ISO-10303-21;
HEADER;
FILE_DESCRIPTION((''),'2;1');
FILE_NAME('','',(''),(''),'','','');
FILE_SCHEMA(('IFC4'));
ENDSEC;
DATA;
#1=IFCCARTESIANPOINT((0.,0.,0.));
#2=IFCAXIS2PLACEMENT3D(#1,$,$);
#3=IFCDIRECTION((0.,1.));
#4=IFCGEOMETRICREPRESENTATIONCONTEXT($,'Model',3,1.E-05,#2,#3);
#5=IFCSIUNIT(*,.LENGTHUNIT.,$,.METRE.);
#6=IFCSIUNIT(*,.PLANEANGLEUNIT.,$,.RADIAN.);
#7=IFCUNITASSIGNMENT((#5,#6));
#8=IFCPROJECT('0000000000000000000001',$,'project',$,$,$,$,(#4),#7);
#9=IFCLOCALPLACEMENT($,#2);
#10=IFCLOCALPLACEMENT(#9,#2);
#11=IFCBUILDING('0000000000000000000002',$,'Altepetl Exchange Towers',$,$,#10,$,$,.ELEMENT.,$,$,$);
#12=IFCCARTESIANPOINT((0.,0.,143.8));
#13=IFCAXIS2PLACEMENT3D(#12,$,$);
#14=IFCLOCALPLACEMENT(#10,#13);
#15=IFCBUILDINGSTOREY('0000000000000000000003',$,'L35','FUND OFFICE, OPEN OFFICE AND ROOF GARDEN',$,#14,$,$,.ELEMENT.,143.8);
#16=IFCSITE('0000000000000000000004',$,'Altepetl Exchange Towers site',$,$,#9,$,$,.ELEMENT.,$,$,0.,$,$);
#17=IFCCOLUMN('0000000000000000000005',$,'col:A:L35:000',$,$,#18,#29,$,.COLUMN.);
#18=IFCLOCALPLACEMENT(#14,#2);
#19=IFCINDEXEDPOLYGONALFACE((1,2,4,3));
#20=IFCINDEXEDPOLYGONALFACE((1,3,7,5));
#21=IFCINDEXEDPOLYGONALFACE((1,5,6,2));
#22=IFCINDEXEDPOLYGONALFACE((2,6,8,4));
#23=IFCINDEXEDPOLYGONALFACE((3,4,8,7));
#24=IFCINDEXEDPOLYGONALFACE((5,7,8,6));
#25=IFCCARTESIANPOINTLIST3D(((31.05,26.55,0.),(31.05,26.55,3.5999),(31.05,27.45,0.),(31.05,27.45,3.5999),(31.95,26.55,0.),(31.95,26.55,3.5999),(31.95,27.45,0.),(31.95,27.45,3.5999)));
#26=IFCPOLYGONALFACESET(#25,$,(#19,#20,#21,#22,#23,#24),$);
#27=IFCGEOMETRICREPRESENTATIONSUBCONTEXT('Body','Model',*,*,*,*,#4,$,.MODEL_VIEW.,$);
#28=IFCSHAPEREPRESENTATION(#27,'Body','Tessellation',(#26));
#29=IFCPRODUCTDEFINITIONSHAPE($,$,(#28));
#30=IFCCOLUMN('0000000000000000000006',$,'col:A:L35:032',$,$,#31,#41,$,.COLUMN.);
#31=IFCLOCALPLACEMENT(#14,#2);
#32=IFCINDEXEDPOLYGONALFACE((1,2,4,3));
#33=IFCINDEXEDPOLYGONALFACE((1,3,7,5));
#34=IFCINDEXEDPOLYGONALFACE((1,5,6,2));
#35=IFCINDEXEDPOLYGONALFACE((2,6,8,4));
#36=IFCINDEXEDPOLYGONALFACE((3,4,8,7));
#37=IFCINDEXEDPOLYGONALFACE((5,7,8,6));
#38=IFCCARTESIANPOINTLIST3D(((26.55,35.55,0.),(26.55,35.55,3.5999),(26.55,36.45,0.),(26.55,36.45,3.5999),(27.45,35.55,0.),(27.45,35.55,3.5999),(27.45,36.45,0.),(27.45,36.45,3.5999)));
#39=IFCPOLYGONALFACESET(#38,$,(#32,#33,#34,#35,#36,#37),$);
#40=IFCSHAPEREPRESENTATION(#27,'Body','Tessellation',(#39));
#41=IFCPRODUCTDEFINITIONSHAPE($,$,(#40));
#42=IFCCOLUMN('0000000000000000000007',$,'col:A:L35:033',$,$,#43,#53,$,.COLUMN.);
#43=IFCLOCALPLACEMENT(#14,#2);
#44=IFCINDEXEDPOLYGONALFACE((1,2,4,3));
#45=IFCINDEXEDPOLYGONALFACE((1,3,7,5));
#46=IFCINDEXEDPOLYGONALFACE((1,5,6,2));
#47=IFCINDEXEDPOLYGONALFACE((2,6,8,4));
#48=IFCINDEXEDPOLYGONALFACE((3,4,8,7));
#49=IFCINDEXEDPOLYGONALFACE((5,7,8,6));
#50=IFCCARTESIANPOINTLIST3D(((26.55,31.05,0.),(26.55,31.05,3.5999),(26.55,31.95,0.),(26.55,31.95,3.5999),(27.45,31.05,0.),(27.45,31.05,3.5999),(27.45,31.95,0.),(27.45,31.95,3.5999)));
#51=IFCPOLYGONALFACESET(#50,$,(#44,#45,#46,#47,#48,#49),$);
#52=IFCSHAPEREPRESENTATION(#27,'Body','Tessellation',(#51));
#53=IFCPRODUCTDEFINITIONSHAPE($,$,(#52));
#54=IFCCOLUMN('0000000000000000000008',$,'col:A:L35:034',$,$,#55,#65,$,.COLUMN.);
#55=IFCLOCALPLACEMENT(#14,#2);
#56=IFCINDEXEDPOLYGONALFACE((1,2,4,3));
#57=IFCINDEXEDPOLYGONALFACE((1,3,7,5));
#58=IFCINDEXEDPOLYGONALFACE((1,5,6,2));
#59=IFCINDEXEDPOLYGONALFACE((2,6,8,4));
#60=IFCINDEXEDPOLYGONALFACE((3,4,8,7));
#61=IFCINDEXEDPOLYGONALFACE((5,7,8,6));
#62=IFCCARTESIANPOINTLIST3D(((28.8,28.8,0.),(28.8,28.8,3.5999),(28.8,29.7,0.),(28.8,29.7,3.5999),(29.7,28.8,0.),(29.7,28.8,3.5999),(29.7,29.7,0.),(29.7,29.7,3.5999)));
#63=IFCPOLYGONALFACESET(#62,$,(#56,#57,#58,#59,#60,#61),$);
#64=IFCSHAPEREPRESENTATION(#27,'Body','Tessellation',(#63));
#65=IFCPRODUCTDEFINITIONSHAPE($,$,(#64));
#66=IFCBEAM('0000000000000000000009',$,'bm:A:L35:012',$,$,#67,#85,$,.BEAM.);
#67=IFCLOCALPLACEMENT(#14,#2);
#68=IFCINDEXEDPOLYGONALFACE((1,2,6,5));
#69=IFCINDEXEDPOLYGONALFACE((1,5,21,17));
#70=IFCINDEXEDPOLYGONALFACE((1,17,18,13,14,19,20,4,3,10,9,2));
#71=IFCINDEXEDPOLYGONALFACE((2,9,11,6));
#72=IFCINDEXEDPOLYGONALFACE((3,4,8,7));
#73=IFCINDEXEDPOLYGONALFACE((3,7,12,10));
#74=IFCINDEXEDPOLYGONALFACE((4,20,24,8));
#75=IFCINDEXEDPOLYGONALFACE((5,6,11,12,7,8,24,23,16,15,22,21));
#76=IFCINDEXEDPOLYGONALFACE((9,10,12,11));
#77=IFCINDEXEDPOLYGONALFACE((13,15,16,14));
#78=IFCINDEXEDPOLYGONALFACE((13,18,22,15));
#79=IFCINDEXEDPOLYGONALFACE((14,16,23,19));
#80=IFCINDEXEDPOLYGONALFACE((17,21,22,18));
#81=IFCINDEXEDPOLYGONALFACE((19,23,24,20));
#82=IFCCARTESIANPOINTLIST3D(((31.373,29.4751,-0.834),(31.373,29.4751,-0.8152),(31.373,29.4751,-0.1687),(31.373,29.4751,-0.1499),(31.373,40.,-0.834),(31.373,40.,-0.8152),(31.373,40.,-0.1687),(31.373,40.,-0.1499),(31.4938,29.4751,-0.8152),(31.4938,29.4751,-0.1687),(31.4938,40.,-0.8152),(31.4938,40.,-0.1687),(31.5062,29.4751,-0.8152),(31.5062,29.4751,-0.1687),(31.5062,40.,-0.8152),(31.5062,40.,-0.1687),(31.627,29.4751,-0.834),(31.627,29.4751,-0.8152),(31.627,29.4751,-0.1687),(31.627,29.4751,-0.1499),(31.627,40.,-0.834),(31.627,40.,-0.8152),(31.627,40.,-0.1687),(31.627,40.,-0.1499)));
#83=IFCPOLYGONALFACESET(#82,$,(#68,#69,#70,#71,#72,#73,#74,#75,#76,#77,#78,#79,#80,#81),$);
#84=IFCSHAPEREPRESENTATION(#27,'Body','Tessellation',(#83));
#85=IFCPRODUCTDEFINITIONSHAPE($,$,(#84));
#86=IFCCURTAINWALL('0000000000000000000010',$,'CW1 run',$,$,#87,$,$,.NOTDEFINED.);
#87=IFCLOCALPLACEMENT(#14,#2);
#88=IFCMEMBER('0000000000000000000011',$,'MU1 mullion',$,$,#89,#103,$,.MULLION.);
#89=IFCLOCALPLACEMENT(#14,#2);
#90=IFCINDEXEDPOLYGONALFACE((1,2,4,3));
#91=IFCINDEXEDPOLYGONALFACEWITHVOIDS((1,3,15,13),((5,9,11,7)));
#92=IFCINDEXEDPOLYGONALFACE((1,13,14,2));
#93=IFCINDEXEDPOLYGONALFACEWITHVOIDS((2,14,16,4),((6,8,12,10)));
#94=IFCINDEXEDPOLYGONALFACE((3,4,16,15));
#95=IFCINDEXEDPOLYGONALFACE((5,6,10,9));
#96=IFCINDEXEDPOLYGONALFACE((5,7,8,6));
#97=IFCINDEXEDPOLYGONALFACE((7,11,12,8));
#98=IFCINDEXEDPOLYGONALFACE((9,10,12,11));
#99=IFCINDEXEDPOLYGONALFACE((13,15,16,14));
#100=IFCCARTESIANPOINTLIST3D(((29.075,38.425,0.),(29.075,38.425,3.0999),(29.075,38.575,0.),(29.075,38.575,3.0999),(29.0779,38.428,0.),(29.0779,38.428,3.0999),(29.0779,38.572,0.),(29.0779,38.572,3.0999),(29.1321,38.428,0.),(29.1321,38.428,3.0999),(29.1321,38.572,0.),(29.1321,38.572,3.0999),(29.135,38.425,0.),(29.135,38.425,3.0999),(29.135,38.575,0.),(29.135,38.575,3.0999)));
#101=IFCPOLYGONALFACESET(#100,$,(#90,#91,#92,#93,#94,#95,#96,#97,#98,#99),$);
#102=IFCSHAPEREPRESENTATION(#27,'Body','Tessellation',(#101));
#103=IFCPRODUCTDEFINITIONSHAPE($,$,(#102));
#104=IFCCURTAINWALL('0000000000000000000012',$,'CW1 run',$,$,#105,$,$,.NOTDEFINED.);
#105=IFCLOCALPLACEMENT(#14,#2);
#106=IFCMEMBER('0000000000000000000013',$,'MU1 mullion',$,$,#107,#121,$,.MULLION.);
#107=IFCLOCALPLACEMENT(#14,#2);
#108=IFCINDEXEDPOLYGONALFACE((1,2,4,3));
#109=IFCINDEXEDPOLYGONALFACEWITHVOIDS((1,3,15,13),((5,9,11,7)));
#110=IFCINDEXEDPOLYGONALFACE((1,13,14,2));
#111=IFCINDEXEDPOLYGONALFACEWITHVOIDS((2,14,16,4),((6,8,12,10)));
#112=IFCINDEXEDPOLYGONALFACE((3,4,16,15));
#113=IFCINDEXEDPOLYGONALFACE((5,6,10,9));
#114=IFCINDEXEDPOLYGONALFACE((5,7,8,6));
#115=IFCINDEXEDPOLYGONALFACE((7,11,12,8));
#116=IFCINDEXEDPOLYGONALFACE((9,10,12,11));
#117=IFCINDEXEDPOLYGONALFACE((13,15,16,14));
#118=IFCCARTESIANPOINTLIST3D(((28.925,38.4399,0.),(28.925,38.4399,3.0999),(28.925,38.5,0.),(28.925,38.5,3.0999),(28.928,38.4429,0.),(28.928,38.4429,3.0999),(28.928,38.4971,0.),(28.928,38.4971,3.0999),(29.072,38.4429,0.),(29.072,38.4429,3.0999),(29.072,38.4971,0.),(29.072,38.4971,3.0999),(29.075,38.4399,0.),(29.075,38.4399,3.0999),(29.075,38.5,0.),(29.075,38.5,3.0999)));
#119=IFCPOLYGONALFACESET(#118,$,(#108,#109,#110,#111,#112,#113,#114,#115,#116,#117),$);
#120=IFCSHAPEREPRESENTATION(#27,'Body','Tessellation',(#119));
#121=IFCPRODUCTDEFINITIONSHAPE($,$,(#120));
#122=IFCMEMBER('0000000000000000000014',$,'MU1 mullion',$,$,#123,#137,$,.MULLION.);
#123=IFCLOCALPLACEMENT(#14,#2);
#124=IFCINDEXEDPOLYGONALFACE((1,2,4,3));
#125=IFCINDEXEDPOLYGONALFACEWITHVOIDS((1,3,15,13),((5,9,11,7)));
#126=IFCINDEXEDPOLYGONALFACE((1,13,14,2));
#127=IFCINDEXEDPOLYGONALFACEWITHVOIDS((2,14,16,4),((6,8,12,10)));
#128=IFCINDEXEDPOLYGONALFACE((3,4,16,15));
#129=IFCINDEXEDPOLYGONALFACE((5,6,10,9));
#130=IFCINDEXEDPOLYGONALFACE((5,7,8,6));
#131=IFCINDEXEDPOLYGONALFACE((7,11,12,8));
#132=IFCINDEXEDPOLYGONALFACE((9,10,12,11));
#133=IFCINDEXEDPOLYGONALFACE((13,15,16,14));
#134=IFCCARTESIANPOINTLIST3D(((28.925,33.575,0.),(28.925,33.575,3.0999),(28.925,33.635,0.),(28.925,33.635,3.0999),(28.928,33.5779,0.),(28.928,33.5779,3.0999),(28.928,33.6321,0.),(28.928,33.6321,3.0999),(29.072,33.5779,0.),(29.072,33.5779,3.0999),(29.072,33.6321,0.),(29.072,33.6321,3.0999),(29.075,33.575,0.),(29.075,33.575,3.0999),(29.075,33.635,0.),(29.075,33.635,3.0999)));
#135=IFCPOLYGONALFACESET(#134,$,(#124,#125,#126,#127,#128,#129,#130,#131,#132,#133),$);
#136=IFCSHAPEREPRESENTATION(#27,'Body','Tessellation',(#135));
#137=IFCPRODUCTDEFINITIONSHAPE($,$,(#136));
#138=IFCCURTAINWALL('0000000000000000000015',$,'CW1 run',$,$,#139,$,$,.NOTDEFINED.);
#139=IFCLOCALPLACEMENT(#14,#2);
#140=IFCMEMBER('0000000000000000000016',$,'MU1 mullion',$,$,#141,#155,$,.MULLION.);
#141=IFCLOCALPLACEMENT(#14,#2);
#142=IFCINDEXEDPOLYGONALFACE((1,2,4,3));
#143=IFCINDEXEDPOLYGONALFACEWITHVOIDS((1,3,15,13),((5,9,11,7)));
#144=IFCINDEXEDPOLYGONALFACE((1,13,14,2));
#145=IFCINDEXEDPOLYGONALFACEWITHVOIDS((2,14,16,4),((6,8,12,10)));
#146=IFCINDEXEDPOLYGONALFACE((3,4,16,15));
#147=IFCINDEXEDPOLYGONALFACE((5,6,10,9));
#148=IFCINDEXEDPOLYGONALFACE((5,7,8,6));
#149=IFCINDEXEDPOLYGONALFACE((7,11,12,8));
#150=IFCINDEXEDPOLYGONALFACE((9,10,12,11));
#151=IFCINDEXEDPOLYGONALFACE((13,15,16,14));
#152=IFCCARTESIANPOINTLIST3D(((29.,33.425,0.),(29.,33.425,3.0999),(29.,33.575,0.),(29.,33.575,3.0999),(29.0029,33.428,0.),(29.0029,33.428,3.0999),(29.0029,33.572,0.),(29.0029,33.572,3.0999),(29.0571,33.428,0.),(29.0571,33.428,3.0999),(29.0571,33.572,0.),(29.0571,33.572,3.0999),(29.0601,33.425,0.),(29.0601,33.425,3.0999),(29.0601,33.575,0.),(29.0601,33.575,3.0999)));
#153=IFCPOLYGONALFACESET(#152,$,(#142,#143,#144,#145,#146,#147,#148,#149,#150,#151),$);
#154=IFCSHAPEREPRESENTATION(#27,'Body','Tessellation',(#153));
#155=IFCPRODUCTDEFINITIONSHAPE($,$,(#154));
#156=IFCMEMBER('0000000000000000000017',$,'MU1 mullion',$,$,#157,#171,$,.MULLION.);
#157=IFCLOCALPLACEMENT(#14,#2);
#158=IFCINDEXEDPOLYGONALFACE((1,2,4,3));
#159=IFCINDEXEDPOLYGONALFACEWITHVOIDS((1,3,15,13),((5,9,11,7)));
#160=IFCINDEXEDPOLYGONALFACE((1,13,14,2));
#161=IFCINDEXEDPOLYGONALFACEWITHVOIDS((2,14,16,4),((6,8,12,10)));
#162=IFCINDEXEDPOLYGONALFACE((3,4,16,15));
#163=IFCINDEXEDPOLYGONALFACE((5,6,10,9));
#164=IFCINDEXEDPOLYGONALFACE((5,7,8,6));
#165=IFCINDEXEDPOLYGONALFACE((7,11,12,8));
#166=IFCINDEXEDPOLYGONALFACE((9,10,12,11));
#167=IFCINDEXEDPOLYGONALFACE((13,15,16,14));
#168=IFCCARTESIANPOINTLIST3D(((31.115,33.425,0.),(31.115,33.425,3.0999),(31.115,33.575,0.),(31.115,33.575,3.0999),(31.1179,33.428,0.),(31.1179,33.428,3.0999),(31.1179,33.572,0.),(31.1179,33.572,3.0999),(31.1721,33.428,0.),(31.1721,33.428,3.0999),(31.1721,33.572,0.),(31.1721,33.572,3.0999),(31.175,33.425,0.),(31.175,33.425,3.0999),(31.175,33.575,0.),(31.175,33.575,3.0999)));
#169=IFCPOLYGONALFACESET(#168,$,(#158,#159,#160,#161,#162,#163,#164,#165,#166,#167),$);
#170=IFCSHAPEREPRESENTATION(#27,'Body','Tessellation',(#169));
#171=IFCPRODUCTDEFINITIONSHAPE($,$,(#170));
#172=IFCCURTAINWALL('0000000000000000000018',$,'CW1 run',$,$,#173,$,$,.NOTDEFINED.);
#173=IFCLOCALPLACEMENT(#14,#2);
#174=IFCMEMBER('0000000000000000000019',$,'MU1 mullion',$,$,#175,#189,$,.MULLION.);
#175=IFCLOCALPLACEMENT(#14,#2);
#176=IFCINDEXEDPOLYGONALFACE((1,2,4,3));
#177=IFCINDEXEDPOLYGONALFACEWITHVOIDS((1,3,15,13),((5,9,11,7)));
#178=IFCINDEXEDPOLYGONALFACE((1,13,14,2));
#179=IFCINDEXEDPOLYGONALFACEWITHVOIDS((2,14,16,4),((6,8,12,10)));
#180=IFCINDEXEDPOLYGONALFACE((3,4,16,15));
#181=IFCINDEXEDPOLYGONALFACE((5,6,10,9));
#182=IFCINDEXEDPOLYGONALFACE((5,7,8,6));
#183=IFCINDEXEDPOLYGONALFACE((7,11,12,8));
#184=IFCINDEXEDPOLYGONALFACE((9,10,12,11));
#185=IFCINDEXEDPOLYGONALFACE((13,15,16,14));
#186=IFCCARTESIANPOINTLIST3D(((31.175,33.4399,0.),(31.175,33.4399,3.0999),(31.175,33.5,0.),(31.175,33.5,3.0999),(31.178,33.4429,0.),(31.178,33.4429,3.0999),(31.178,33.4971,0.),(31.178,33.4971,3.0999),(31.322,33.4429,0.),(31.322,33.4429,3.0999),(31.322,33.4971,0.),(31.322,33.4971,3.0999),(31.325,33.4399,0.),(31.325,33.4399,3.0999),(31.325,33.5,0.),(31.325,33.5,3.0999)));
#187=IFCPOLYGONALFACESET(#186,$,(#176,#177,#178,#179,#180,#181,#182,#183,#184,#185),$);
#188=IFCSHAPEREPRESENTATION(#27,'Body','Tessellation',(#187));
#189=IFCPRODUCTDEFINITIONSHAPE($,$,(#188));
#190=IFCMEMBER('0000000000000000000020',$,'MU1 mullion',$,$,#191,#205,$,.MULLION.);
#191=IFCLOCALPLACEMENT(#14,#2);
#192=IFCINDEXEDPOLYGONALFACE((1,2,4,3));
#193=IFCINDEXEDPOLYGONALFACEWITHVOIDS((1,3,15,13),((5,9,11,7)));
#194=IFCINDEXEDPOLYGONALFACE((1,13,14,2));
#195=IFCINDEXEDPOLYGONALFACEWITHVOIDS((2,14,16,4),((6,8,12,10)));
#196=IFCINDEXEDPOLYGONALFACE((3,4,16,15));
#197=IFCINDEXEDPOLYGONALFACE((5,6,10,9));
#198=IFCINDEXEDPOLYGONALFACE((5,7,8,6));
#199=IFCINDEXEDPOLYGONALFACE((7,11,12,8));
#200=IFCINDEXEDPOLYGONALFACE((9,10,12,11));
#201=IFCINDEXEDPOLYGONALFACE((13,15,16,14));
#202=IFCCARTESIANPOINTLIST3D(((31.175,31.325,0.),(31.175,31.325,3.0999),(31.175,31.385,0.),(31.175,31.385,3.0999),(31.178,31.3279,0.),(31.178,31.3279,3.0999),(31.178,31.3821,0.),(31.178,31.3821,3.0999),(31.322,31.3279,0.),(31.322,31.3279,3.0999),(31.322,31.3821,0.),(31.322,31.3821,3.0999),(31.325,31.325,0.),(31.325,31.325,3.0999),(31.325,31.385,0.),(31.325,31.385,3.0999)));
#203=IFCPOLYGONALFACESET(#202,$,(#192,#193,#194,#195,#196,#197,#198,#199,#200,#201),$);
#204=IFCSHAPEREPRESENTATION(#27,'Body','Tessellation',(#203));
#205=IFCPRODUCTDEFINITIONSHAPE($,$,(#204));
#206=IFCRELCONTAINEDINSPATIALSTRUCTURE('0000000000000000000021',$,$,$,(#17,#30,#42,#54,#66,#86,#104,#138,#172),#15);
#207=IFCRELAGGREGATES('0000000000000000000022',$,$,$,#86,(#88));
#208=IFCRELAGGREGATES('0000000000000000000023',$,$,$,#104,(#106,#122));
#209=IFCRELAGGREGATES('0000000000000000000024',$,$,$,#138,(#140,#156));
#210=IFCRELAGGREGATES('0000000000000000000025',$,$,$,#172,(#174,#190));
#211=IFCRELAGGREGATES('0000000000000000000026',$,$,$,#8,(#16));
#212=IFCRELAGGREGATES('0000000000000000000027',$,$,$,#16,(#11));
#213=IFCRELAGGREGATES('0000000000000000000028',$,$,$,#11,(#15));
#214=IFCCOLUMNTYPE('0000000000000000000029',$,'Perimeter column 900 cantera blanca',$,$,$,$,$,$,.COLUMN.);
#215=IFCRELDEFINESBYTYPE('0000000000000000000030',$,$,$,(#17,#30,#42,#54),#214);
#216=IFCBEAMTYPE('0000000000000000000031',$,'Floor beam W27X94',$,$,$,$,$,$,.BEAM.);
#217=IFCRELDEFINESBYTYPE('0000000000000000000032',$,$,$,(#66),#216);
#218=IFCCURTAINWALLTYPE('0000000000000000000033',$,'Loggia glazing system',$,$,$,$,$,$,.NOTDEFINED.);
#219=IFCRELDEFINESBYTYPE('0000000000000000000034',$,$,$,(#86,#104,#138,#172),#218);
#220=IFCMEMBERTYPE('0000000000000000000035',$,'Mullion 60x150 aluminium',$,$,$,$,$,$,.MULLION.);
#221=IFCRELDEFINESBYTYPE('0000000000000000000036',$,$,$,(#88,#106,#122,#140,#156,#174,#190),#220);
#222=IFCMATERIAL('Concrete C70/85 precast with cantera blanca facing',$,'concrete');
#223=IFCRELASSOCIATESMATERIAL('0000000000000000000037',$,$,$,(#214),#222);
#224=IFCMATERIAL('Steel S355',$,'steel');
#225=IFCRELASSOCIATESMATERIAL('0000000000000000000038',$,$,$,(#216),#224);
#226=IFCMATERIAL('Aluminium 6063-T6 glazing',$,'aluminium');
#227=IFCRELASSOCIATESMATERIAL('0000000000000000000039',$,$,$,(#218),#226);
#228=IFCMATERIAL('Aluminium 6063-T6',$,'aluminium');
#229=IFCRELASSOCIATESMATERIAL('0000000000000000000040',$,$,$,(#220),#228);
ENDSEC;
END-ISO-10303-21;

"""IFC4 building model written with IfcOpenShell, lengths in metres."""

from ifc_helpers import new_model, si_unit, direction, frame, origin, origin_2d, place, context, subcontext, project, spatial, rectangle, hollow_rectangle, i_section, extrude, material, material_profile, profile_set, type_object, element, aggregate, save


model = new_model("IFC4")

# Units and contexts
model_context = context("Model", 3, precision=1e-05, world=origin(), true_north=direction((0.0, 1.0)))
body_context = subcontext(model_context, "Body", "Model", "MODEL_VIEW")
ifc_project = project(units=[si_unit("LENGTHUNIT", "METRE"), si_unit("PLANEANGLEUNIT", "RADIAN")], contexts=[model_context])

# Site, building, storey
site_placement = place(None, origin())
site = spatial("IfcSite", under=ifc_project, at=site_placement, Name="Altepetl Exchange Towers site", CompositionType="ELEMENT", RefElevation=0.0)
building_placement = place(site_placement, origin())
building = spatial("IfcBuilding", under=site, at=building_placement, Name="Altepetl Exchange Towers", CompositionType="ELEMENT")
storey_placement = place(building_placement, frame((0.0, 0.0, 143.8)))
storey = spatial("IfcBuildingStorey", under=building, at=storey_placement, Name="L35", Description="FUND OFFICE, OPEN OFFICE AND ROOF GARDEN", CompositionType="ELEMENT", Elevation=143.8)

# Columns
ifc_material_1 = material(Name="Concrete C70/85 precast with cantera blanca facing", Category="concrete")
ifc_material_profile_1 = material_profile(ifc_material_1, rectangle(XDim=0.8999, YDim=0.8999, at=origin_2d()), Name="900 x 900")
ifc_profile_set_1 = profile_set([ifc_material_profile_1], Name="Concrete C70/85 precast with cantera blanca facing")
column_type = type_object("IfcColumnType", Name="Perimeter column 900 cantera blanca", PredefinedType="COLUMN", material=ifc_profile_set_1)
for number, where, name in (
    (1, (31.5, 27.0, 0.0), "col:A:L35:000"),
    (2, (27.0, 36.0, 0.0), "col:A:L35:032"),
    (3, (27.0, 31.5, 0.0), "col:A:L35:033"),
    (4, (29.25, 29.25, 0.0), "col:A:L35:034"),
):
    element("IfcColumn", number, at=place(storey_placement, frame(where)), inside=storey, type_object=column_type, Name=name, PredefinedType="COLUMN", context=body_context, shape_type="SweptSolid", body=[
        extrude(rectangle(XDim=0.8999, YDim=0.8999, at=origin_2d()), origin(), (0.0, 0.0, 1.0), 3.5999),
    ])

# Beam
ifc_material_2 = material(Name="Steel S355", Category="steel")
ifc_material_profile_2 = material_profile(ifc_material_2, i_section(OverallWidth=0.2539, OverallDepth=0.6841, WebThickness=0.0125, FlangeThickness=0.0188, at=origin_2d()), Name="W27X94")
ifc_profile_set_2 = profile_set([ifc_material_profile_2], Name="Steel S355")
beam_type_1 = type_object("IfcBeamType", Name="Floor beam W27X94", PredefinedType="BEAM", material=ifc_profile_set_2)
beam_1_placement = place(storey_placement, frame((31.5, 29.4751, -0.4919), z_axis=(0.0, 1.0, 0.0), x_axis=(-1.0, 0.0, 0.0)))
element("IfcBeam", 5, at=beam_1_placement, inside=storey, type_object=beam_type_1, Name="bm:A:L35:012", PredefinedType="BEAM", context=body_context, shape_type="SweptSolid", body=[
    extrude(i_section(OverallWidth=0.2539, OverallDepth=0.6841, WebThickness=0.0125, FlangeThickness=0.0188, at=origin_2d()), origin(), (0.0, 0.0, 1.0), 10.5249),
])

# Curtain wall, member
ifc_material_3 = material(Name="Aluminium 6063-T6 glazing", Category="aluminium")
curtain_wall_type = type_object("IfcCurtainWallType", Name="Loggia glazing system", PredefinedType="NOTDEFINED", material=ifc_material_3)
curtain_wall_1_placement = place(storey_placement, origin())
curtain_wall_1 = element("IfcCurtainWall", 6, at=curtain_wall_1_placement, inside=storey, type_object=curtain_wall_type, Name="CW1 run", PredefinedType="NOTDEFINED")
ifc_material_4 = material(Name="Aluminium 6063-T6", Category="aluminium")
ifc_material_profile_3 = material_profile(ifc_material_4, hollow_rectangle(XDim=0.0601, YDim=0.1499, WallThickness=0.0029, at=origin_2d()), Name="Mullion 60x150 aluminium")
ifc_profile_set_3 = profile_set([ifc_material_profile_3], Name="Aluminium 6063-T6")
member_type = type_object("IfcMemberType", Name="Mullion 60x150 aluminium", PredefinedType="MULLION", material=ifc_profile_set_3)
member_1_placement = place(storey_placement, frame((29.105, 38.5, 0.0), z_axis=(0.0, 0.0, 1.0), x_axis=(-1.0, 0.0, 0.0)))
member_1 = element("IfcMember", 7, at=member_1_placement, type_object=member_type, Name="MU1 mullion", PredefinedType="MULLION", context=body_context, shape_type="SweptSolid", body=[
    extrude(hollow_rectangle(XDim=0.0601, YDim=0.1499, WallThickness=0.0029, at=origin_2d()), origin(), (0.0, 0.0, 1.0), 3.0999),
])

# Curtain walls, members
curtain_wall_2_placement = place(storey_placement, origin())
curtain_wall_2 = element("IfcCurtainWall", 8, at=curtain_wall_2_placement, inside=storey, type_object=curtain_wall_type, Name="CW1 run", PredefinedType="NOTDEFINED")
member_2_placement = place(storey_placement, frame((29.0, 38.47, 0.0), z_axis=(0.0, 0.0, 1.0), x_axis=(0.0, -1.0, 0.0)))
member_2 = element("IfcMember", 9, at=member_2_placement, type_object=member_type, Name="MU1 mullion", PredefinedType="MULLION", context=body_context, shape_type="SweptSolid", body=[
    extrude(hollow_rectangle(XDim=0.0601, YDim=0.1499, WallThickness=0.0029, at=origin_2d()), origin(), (0.0, 0.0, 1.0), 3.0999),
])
member_3_placement = place(storey_placement, frame((29.0, 33.605, 0.0), z_axis=(0.0, 0.0, 1.0), x_axis=(0.0, -1.0, 0.0)))
member_3 = element("IfcMember", 10, at=member_3_placement, type_object=member_type, Name="MU1 mullion", PredefinedType="MULLION", context=body_context, shape_type="SweptSolid", body=[
    extrude(hollow_rectangle(XDim=0.0601, YDim=0.1499, WallThickness=0.0029, at=origin_2d()), origin(), (0.0, 0.0, 1.0), 3.0999),
])
curtain_wall_3_placement = place(storey_placement, origin())
curtain_wall_3 = element("IfcCurtainWall", 11, at=curtain_wall_3_placement, inside=storey, type_object=curtain_wall_type, Name="CW1 run", PredefinedType="NOTDEFINED")
member_4_placement = place(storey_placement, frame((29.03, 33.5, 0.0)))
member_4 = element("IfcMember", 12, at=member_4_placement, type_object=member_type, Name="MU1 mullion", PredefinedType="MULLION", context=body_context, shape_type="SweptSolid", body=[
    extrude(hollow_rectangle(XDim=0.0601, YDim=0.1499, WallThickness=0.0029, at=origin_2d()), origin(), (0.0, 0.0, 1.0), 3.0999),
])
member_5_placement = place(storey_placement, frame((31.145, 33.5, 0.0)))
member_5 = element("IfcMember", 13, at=member_5_placement, type_object=member_type, Name="MU1 mullion", PredefinedType="MULLION", context=body_context, shape_type="SweptSolid", body=[
    extrude(hollow_rectangle(XDim=0.0601, YDim=0.1499, WallThickness=0.0029, at=origin_2d()), origin(), (0.0, 0.0, 1.0), 3.0999),
])
curtain_wall_4_placement = place(storey_placement, origin())
curtain_wall_4 = element("IfcCurtainWall", 14, at=curtain_wall_4_placement, inside=storey, type_object=curtain_wall_type, Name="CW1 run", PredefinedType="NOTDEFINED")
member_6_placement = place(storey_placement, frame((31.25, 33.47, 0.0), z_axis=(0.0, 0.0, 1.0), x_axis=(0.0, -1.0, 0.0)))
member_6 = element("IfcMember", 15, at=member_6_placement, type_object=member_type, Name="MU1 mullion", PredefinedType="MULLION", context=body_context, shape_type="SweptSolid", body=[
    extrude(hollow_rectangle(XDim=0.0601, YDim=0.1499, WallThickness=0.0029, at=origin_2d()), origin(), (0.0, 0.0, 1.0), 3.0999),
])
member_7_placement = place(storey_placement, frame((31.25, 31.355, 0.0), z_axis=(0.0, 0.0, 1.0), x_axis=(0.0, -1.0, 0.0)))
member_7 = element("IfcMember", 16, at=member_7_placement, type_object=member_type, Name="MU1 mullion", PredefinedType="MULLION", context=body_context, shape_type="SweptSolid", body=[
    extrude(hollow_rectangle(XDim=0.0601, YDim=0.1499, WallThickness=0.0029, at=origin_2d()), origin(), (0.0, 0.0, 1.0), 3.0999),
])

aggregate(curtain_wall_1, [member_1])
aggregate(curtain_wall_2, [member_2, member_3])
aggregate(curtain_wall_3, [member_4, member_5])
aggregate(curtain_wall_4, [member_6, member_7])

save(model, "model.ifc")
